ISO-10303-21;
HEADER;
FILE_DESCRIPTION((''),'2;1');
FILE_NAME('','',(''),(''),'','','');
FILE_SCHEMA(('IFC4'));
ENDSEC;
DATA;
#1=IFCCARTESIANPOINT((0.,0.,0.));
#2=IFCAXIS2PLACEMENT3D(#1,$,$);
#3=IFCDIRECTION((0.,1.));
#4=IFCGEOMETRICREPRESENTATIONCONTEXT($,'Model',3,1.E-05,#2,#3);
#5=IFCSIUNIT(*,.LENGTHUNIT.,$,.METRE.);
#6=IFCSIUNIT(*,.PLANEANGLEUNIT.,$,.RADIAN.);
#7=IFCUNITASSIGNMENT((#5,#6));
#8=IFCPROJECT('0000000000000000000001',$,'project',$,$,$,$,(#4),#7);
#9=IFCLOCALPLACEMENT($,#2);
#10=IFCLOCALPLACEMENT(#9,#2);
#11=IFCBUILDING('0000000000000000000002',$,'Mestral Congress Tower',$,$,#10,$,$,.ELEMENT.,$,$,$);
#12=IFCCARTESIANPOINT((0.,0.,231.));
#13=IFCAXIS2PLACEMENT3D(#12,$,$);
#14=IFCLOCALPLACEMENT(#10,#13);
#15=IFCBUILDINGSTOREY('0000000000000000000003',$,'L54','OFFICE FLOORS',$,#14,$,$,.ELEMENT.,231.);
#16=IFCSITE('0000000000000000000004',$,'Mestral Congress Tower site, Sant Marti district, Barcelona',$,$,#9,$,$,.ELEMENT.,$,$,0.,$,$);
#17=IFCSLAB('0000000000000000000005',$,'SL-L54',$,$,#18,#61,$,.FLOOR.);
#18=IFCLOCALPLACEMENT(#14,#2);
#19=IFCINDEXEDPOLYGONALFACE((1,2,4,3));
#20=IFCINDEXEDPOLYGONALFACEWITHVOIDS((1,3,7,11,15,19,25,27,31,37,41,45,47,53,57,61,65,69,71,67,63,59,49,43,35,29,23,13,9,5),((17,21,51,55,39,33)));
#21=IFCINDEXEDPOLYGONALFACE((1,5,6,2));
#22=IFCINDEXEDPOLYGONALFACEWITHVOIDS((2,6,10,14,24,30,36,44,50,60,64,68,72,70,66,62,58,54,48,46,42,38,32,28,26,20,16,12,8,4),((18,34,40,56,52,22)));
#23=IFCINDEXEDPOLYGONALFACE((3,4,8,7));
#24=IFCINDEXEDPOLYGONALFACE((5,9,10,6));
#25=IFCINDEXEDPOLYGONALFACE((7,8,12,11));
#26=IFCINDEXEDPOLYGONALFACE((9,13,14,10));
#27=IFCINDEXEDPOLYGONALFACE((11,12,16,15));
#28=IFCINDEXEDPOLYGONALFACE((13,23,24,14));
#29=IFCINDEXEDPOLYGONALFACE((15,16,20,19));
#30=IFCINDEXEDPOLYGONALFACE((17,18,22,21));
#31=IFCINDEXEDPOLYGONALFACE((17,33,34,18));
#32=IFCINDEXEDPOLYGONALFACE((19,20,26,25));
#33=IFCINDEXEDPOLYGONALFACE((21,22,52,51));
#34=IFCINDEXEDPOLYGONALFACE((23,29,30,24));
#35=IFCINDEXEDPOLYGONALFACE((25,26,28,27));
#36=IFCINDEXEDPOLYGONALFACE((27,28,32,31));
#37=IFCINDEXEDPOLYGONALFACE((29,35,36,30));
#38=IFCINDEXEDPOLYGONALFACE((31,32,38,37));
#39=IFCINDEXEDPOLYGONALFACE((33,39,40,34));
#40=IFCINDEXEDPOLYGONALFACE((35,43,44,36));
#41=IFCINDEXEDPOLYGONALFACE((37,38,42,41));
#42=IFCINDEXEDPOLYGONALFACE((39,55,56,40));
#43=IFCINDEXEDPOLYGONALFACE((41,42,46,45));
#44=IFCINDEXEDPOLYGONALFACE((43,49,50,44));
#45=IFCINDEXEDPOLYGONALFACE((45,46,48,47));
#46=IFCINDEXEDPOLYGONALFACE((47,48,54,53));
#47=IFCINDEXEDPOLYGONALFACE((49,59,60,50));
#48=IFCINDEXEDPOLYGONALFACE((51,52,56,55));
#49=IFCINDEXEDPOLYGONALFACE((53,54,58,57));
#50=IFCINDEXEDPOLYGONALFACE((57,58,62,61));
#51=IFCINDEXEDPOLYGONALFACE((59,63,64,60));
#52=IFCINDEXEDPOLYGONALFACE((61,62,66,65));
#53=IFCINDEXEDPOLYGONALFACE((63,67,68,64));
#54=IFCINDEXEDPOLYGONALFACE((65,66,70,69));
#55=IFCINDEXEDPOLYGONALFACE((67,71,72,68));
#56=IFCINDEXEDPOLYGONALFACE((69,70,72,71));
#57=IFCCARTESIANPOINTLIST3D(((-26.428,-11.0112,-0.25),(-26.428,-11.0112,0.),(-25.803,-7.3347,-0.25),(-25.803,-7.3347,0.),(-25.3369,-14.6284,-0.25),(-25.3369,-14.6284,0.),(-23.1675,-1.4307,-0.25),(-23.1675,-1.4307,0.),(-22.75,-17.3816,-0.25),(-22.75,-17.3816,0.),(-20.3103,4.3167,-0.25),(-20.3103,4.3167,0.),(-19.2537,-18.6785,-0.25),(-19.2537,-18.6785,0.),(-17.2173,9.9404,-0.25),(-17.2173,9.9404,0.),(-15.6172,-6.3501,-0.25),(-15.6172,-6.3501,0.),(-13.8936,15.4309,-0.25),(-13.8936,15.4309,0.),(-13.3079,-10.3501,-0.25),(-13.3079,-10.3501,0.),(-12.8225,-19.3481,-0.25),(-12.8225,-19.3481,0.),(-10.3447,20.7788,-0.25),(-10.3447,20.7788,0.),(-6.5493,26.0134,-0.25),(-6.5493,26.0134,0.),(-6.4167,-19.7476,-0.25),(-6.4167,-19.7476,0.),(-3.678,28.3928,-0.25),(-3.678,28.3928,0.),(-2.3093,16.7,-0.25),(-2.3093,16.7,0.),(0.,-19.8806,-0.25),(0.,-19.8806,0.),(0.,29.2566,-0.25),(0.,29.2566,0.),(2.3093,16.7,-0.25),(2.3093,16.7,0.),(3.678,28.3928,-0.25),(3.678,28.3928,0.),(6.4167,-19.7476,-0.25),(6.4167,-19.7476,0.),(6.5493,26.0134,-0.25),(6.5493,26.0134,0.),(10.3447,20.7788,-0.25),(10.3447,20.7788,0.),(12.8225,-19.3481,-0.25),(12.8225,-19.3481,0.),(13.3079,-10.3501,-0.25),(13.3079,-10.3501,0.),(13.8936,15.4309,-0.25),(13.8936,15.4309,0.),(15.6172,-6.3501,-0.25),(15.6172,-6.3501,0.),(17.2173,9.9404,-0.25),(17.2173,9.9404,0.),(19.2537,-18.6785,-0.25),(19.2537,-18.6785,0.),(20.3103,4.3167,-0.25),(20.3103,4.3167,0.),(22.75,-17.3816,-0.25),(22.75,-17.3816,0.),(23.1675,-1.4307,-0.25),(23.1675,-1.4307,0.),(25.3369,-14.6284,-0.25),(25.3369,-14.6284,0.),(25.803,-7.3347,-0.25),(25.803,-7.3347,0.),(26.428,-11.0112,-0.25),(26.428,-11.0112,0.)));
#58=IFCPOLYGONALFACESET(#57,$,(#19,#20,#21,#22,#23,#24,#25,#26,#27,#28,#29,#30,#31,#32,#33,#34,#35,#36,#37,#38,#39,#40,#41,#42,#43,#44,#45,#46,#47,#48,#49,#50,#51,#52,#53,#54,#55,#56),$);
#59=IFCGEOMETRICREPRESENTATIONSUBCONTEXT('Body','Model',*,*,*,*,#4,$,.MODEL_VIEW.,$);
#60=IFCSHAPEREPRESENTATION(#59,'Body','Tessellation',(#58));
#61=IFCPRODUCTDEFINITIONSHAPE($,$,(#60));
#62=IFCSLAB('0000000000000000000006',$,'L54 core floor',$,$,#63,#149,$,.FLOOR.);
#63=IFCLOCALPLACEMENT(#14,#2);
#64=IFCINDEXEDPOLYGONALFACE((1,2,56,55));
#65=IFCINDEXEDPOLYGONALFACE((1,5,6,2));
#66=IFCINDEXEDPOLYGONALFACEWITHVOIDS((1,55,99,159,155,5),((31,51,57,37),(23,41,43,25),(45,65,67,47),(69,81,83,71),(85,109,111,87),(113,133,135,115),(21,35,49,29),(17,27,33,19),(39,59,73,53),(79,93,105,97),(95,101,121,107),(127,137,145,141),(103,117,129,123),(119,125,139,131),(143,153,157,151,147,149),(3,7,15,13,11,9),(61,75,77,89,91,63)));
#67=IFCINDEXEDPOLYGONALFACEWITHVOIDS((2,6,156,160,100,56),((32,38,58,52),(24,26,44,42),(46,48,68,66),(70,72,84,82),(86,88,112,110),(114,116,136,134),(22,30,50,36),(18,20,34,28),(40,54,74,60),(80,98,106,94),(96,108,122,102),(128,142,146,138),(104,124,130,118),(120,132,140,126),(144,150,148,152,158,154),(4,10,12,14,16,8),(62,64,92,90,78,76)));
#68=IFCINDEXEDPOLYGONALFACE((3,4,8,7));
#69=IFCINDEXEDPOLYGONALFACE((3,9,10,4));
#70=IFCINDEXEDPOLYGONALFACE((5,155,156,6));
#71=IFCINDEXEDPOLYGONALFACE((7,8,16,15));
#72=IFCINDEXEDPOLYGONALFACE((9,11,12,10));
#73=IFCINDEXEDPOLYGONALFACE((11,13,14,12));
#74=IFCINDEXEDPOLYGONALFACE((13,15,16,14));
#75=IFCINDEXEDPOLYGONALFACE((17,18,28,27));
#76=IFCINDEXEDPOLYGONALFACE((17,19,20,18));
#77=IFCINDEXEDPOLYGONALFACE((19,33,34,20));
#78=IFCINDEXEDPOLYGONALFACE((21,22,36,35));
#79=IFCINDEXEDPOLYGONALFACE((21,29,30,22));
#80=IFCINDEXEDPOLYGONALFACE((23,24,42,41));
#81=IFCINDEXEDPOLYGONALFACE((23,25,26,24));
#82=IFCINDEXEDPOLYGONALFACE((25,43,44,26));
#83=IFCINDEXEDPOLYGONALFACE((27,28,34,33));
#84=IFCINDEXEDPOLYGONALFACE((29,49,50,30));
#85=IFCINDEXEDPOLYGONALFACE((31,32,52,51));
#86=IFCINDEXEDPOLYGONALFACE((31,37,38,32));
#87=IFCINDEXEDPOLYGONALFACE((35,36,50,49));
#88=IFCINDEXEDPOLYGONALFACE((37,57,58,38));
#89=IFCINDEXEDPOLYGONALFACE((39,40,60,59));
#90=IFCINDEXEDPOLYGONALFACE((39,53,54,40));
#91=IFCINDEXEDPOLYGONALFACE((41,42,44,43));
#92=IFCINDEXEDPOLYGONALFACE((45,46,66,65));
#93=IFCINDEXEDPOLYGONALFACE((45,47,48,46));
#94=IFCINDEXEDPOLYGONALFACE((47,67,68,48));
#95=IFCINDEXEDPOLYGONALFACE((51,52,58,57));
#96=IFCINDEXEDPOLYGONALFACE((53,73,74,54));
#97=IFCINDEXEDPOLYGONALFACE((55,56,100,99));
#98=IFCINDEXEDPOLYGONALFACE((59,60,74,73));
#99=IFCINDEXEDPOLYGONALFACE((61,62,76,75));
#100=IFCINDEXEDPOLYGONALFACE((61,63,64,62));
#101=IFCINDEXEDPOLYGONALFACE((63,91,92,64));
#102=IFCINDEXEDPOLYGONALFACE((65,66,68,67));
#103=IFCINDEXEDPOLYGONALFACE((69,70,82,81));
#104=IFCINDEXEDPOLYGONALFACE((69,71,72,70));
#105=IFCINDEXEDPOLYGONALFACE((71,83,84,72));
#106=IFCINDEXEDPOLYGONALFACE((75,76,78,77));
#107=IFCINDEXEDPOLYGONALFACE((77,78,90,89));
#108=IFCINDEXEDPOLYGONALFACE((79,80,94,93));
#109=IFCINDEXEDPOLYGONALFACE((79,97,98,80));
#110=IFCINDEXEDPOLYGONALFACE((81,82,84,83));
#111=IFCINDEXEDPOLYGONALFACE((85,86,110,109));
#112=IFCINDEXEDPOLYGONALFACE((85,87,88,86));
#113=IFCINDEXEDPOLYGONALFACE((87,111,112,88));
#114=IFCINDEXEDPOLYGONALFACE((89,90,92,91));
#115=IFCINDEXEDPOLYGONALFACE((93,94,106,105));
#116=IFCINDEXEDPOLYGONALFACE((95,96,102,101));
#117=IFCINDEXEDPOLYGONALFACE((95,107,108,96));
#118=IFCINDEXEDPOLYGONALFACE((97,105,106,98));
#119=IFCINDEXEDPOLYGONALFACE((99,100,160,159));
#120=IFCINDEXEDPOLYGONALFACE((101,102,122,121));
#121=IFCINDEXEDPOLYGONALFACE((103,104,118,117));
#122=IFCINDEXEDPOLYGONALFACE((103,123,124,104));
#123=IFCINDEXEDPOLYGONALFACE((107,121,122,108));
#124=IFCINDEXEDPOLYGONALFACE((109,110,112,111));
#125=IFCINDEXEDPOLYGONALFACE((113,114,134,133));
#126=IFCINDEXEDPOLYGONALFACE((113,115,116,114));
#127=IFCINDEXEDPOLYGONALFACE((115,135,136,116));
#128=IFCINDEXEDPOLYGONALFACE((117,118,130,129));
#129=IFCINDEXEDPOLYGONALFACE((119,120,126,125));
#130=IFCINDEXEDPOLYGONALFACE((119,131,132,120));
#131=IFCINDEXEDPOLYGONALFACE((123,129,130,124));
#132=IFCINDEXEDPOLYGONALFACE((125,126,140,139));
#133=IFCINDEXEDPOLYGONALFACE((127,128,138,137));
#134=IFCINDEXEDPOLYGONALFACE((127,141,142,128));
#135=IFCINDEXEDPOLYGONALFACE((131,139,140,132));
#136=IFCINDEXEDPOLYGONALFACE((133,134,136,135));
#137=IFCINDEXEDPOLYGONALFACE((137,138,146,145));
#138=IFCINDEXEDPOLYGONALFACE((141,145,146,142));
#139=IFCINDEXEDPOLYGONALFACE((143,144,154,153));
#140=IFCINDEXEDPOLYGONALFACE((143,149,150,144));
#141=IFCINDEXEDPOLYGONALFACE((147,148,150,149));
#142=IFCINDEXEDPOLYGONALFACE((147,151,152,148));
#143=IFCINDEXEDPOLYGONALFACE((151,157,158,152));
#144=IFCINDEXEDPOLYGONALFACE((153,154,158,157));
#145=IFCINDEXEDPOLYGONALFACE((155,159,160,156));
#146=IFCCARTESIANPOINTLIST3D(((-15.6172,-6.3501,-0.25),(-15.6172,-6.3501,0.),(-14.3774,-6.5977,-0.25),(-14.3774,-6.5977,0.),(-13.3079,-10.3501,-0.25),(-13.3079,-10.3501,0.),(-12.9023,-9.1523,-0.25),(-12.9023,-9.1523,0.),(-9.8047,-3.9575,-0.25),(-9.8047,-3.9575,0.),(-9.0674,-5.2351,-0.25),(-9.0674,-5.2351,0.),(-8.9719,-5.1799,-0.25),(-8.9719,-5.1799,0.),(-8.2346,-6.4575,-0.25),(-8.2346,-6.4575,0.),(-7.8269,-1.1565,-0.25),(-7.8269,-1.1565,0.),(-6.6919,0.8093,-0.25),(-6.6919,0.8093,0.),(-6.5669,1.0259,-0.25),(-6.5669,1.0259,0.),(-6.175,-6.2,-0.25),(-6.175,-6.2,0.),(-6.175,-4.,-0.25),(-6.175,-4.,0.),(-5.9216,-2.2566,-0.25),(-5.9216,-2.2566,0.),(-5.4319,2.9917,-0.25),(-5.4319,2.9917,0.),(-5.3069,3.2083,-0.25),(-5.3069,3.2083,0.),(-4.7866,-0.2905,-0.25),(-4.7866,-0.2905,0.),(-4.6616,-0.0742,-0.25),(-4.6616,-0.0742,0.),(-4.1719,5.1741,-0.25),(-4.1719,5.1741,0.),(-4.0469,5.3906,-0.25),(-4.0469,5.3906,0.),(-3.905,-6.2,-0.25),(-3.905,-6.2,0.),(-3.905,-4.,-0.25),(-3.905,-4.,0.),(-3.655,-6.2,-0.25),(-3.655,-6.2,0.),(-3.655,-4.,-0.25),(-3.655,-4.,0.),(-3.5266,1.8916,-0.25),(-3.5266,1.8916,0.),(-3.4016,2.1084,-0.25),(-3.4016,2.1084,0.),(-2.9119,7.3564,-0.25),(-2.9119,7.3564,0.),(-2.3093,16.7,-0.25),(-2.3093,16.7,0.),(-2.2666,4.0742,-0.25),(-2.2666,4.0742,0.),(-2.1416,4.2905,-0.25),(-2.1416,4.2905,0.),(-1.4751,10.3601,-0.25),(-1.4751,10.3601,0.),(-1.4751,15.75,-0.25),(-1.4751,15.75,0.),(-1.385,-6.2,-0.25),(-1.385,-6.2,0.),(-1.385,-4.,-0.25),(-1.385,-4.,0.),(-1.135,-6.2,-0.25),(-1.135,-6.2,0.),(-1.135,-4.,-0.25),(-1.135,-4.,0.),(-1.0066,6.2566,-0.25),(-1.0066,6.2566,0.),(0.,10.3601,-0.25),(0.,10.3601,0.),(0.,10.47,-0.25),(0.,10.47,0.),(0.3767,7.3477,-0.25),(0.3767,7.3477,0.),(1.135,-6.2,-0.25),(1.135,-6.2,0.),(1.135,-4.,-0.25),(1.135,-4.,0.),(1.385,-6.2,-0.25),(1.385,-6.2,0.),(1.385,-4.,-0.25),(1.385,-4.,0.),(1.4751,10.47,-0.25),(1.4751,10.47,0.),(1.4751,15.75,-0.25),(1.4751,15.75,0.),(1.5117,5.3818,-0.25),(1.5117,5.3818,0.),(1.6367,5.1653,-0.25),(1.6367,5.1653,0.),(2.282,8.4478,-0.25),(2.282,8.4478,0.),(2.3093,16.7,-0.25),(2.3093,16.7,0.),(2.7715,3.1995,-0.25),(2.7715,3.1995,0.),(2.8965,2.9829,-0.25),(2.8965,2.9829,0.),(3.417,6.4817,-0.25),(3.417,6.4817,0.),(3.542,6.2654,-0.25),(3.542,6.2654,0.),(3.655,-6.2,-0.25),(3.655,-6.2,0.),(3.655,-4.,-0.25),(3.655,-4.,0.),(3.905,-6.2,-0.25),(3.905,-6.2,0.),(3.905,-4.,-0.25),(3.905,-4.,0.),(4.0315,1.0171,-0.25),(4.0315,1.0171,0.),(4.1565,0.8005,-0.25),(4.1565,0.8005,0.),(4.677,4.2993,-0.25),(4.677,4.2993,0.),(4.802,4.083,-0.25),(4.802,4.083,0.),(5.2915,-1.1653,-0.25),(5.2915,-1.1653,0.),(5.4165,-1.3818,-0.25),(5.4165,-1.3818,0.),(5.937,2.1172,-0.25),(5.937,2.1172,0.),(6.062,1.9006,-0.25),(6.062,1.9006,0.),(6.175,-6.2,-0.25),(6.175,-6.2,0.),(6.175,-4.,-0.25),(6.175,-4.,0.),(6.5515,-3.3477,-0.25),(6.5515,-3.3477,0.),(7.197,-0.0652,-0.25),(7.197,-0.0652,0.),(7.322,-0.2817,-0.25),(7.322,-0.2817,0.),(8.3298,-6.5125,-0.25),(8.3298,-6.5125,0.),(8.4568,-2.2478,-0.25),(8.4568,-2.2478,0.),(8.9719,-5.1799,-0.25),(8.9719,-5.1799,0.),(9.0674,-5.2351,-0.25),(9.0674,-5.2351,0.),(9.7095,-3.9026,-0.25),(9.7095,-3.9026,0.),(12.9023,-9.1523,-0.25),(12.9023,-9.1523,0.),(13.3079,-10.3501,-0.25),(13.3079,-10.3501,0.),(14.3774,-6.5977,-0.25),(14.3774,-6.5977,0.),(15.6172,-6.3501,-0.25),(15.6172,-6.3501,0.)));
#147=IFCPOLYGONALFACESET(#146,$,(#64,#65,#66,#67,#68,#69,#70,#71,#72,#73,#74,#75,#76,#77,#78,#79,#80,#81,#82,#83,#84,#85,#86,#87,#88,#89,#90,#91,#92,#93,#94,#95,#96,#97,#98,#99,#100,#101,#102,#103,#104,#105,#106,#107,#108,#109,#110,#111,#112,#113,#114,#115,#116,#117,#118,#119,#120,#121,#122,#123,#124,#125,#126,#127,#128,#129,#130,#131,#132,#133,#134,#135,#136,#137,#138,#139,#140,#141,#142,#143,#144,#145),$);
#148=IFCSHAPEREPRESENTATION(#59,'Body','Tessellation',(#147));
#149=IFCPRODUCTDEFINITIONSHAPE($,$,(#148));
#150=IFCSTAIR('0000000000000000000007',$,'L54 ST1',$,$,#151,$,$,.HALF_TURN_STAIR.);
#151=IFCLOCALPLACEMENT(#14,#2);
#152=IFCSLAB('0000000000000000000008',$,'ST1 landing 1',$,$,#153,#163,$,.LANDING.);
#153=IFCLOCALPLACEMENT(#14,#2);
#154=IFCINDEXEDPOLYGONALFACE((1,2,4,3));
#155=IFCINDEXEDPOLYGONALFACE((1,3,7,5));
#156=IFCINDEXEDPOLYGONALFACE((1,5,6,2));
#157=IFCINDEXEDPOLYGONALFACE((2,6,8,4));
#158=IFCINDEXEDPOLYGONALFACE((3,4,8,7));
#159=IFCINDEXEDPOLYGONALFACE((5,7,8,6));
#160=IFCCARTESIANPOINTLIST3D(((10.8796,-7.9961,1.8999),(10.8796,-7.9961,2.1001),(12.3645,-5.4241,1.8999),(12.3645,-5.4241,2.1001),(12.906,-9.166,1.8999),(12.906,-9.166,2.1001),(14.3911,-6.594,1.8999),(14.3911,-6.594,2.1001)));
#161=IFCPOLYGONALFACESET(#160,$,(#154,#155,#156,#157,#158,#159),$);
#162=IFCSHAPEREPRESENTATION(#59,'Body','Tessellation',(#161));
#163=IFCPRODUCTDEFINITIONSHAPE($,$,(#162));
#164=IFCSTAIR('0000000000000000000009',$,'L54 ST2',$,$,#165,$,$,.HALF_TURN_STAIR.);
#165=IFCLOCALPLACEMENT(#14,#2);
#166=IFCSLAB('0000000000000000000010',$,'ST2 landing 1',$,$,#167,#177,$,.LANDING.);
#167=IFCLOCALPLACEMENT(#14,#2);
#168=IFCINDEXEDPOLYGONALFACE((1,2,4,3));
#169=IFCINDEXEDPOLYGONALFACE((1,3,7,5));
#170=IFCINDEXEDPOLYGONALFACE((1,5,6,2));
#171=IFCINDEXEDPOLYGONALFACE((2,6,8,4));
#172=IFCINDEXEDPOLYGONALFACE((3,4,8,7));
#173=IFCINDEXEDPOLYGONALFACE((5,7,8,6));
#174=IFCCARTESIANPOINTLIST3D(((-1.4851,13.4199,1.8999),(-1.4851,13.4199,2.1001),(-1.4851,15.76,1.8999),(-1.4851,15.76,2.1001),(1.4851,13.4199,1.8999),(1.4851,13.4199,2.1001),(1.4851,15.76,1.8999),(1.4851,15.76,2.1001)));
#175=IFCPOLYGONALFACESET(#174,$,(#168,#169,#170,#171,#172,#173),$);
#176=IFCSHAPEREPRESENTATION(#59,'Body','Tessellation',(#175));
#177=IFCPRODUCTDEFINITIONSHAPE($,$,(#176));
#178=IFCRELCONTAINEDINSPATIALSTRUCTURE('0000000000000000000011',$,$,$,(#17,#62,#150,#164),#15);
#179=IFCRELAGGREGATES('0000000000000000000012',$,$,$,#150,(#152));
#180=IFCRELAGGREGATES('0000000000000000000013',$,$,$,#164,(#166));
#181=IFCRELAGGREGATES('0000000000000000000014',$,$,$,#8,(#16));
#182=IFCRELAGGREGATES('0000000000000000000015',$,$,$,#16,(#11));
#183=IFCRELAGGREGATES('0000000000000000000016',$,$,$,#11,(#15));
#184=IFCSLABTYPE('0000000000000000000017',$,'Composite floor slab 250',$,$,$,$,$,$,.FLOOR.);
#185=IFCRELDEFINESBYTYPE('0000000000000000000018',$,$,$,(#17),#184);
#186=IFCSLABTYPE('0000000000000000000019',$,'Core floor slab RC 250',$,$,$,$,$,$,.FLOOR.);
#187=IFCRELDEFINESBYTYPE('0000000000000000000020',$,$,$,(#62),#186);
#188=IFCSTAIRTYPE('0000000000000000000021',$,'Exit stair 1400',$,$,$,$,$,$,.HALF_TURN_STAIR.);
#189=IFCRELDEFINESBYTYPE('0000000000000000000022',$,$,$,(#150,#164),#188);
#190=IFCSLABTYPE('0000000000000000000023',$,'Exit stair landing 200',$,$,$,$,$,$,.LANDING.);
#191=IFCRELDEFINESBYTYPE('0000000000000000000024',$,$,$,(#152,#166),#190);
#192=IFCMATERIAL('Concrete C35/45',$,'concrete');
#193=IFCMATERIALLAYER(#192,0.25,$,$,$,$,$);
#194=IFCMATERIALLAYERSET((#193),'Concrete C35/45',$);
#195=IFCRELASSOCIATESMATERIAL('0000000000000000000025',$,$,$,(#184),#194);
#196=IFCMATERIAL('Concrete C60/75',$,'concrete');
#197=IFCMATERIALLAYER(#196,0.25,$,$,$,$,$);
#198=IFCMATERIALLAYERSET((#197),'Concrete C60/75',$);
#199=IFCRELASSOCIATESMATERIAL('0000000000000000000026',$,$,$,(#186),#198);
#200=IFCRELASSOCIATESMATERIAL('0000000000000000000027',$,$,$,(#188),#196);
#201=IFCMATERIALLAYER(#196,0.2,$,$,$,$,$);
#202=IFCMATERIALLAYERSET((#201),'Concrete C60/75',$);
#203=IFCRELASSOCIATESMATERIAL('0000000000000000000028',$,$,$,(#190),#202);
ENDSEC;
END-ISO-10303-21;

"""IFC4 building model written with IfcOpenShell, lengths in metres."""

from ifc_helpers import new_model, si_unit, direction, frame, origin, place, context, subcontext, project, spatial, polyline, outline, extrude, material, layer, layer_set, type_object, element, aggregate, save


model = new_model("IFC4")

# Units and contexts
model_context = context("Model", 3, precision=1e-05, world=origin(), true_north=direction((0.0, 1.0)))
body_context = subcontext(model_context, "Body", "Model", "MODEL_VIEW")
ifc_project = project(units=[si_unit("LENGTHUNIT", "METRE"), si_unit("PLANEANGLEUNIT", "RADIAN")], contexts=[model_context])

# Site, building, storey
site_placement = place(None, origin())
site = spatial("IfcSite", under=ifc_project, at=site_placement, Name="Mestral Congress Tower site, Sant Marti district, Barcelona", CompositionType="ELEMENT", RefElevation=0.0)
building_placement = place(site_placement, origin())
building = spatial("IfcBuilding", under=site, at=building_placement, Name="Mestral Congress Tower", CompositionType="ELEMENT")
storey_placement = place(building_placement, frame((0.0, 0.0, 231.0)))
storey = spatial("IfcBuildingStorey", under=building, at=storey_placement, Name="L54", Description="OFFICE FLOORS", CompositionType="ELEMENT", Elevation=231.0)

# Slabs
ifc_material_1 = material(Name="Concrete C35/45", Category="concrete")
ifc_layer_1 = layer(ifc_material_1, 0.25)
ifc_layer_set_1 = layer_set([ifc_layer_1], Name="Concrete C35/45")
slab_type_1 = type_object("IfcSlabType", Name="Composite floor slab 250", PredefinedType="FLOOR", material=ifc_layer_set_1)
placement_1 = place(storey_placement, frame((0.0, 0.0, -0.25)))
element("IfcSlab", 1, at=placement_1, inside=storey, type_object=slab_type_1, Name="SL-L54", PredefinedType="FLOOR", context=body_context, shape_type="SweptSolid", body=[
    extrude(outline(polyline([(-19.2537, -18.6785), (-22.75, -17.3816), (-25.3369, -14.6284), (-26.428, -11.0112), (-25.803, -7.3347), (-23.1675, -1.4307), (-20.3103, 4.3167), (-17.2173, 9.9404), (-13.8936, 15.4309), (-10.3447, 20.7788), (-6.5493, 26.0134), (-3.678, 28.3928), (0.0, 29.2566), (3.678, 28.3928), (6.5493, 26.0134), (10.3447, 20.7788), (13.8936, 15.4309), (17.2173, 9.9404), (20.3103, 4.3167), (23.1675, -1.4307), (25.803, -7.3347), (26.428, -11.0112), (25.3369, -14.6284), (22.75, -17.3816), (19.2537, -18.6785), (12.8225, -19.3481), (6.4167, -19.7476), (0.0, -19.8806), (-6.4167, -19.7476), (-12.8225, -19.3481), (-19.2537, -18.6785)]), holes=[polyline([(-2.3093, 16.7), (-15.6172, -6.3501), (-13.3079, -10.3501), (13.3079, -10.3501), (15.6172, -6.3501), (2.3093, 16.7), (-2.3093, 16.7)])]), origin(), (0.0, 0.0, 1.0), 0.25),
])
ifc_material_2 = material(Name="Concrete C60/75", Category="concrete")
ifc_layer_2 = layer(ifc_material_2, 0.25)
ifc_layer_set_2 = layer_set([ifc_layer_2], Name="Concrete C60/75")
slab_type_2 = type_object("IfcSlabType", Name="Core floor slab RC 250", PredefinedType="FLOOR", material=ifc_layer_set_2)
element("IfcSlab", 2, at=placement_1, inside=storey, type_object=slab_type_2, Name="L54 core floor", PredefinedType="FLOOR", context=body_context, shape_type="SweptSolid", body=[
    extrude(outline(polyline([(13.3079, -10.3501), (-13.3079, -10.3501), (-15.6172, -6.3501), (-2.3093, 16.7), (2.3093, 16.7), (15.6172, -6.3501), (13.3079, -10.3501)]), holes=[polyline([(-9.8047, -3.9575), (-14.3774, -6.5977), (-12.9023, -9.1523), (-8.2346, -6.4575), (-8.9719, -5.1799), (-9.0674, -5.2351), (-9.8047, -3.9575)]), polyline([(-3.905, -4.0), (-6.175, -4.0), (-6.175, -6.2), (-3.905, -6.2), (-3.905, -4.0)]), polyline([(-1.385, -4.0), (-3.655, -4.0), (-3.655, -6.2), (-1.385, -6.2), (-1.385, -4.0)]), polyline([(1.135, -4.0), (-1.135, -4.0), (-1.135, -6.2), (1.135, -6.2), (1.135, -4.0)]), polyline([(-5.9216, -2.2566), (-4.7866, -0.2905), (-6.6919, 0.8093), (-7.8269, -1.1565), (-5.9216, -2.2566)]), polyline([(-4.6616, -0.0742), (-3.5266, 1.8916), (-5.4319, 2.9917), (-6.5669, 1.0259), (-4.6616, -0.0742)]), polyline([(-3.4016, 2.1084), (-2.2666, 4.0742), (-4.1719, 5.1741), (-5.3069, 3.2083), (-3.4016, 2.1084)]), polyline([(-2.1416, 4.2905), (-1.0066, 6.2566), (-2.9119, 7.3564), (-4.0469, 5.3906), (-2.1416, 4.2905)]), polyline([(1.4751, 10.47), (1.4751, 15.75), (-1.4751, 15.75), (-1.4751, 10.3601), (0.0, 10.3601), (0.0, 10.47), (1.4751, 10.47)]), polyline([(8.3298, -6.5125), (12.9023, -9.1523), (14.3774, -6.5977), (9.7095, -3.9026), (8.9719, -5.1799), (9.0674, -5.2351), (8.3298, -6.5125)]), polyline([(3.655, -4.0), (1.385, -4.0), (1.385, -6.2), (3.655, -6.2), (3.655, -4.0)]), polyline([(6.175, -4.0), (3.905, -4.0), (3.905, -6.2), (6.175, -6.2), (6.175, -4.0)]), polyline([(5.4165, -1.3818), (6.5515, -3.3477), (8.4568, -2.2478), (7.322, -0.2817), (5.4165, -1.3818)]), polyline([(4.1565, 0.8005), (5.2915, -1.1653), (7.197, -0.0652), (6.062, 1.9006), (4.1565, 0.8005)]), polyline([(2.8965, 2.9829), (4.0315, 1.0171), (5.937, 2.1172), (4.802, 4.083), (2.8965, 2.9829)]), polyline([(3.542, 6.2654), (1.6367, 5.1653), (2.7715, 3.1995), (4.677, 4.2993), (3.542, 6.2654)]), polyline([(2.282, 8.4478), (0.3767, 7.3477), (1.5117, 5.3818), (3.417, 6.4817), (2.282, 8.4478)])]), origin(), (0.0, 0.0, 1.0), 0.25),
])

# Stairs, slabs
stair_type = type_object("IfcStairType", Name="Exit stair 1400", PredefinedType="HALF_TURN_STAIR", material=ifc_material_2)
placement_2 = place(storey_placement, origin())
stair_1 = element("IfcStair", 3, at=placement_2, inside=storey, type_object=stair_type, Name="L54 ST1", PredefinedType="HALF_TURN_STAIR")
ifc_layer_3 = layer(ifc_material_2, 0.2)
ifc_layer_set_3 = layer_set([ifc_layer_3], Name="Concrete C60/75")
slab_type_3 = type_object("IfcSlabType", Name="Exit stair landing 200", PredefinedType="LANDING", material=ifc_layer_set_3)
placement_3 = place(storey_placement, frame((0.0, 0.0, 1.8999)))
slab_1 = element("IfcSlab", 4, at=placement_3, type_object=slab_type_3, Name="ST1 landing 1", PredefinedType="LANDING", context=body_context, shape_type="SweptSolid", body=[
    extrude(outline(polyline([(10.8796, -7.9961), (12.3645, -5.4241), (14.3911, -6.594), (12.906, -9.166), (10.8796, -7.9961)])), origin(), (0.0, 0.0, 1.0), 0.2002),
])
aggregate(stair_1, [slab_1])
stair_2 = element("IfcStair", 5, at=placement_2, inside=storey, type_object=stair_type, Name="L54 ST2", PredefinedType="HALF_TURN_STAIR")
slab_2 = element("IfcSlab", 6, at=placement_3, type_object=slab_type_3, Name="ST2 landing 1", PredefinedType="LANDING", context=body_context, shape_type="SweptSolid", body=[
    extrude(outline(polyline([(1.4851, 13.4199), (-1.4851, 13.4199), (-1.4851, 15.76), (1.4851, 15.76), (1.4851, 13.4199)])), origin(), (0.0, 0.0, 1.0), 0.2002),
])
aggregate(stair_2, [slab_2])

save(model, "model.ifc")
